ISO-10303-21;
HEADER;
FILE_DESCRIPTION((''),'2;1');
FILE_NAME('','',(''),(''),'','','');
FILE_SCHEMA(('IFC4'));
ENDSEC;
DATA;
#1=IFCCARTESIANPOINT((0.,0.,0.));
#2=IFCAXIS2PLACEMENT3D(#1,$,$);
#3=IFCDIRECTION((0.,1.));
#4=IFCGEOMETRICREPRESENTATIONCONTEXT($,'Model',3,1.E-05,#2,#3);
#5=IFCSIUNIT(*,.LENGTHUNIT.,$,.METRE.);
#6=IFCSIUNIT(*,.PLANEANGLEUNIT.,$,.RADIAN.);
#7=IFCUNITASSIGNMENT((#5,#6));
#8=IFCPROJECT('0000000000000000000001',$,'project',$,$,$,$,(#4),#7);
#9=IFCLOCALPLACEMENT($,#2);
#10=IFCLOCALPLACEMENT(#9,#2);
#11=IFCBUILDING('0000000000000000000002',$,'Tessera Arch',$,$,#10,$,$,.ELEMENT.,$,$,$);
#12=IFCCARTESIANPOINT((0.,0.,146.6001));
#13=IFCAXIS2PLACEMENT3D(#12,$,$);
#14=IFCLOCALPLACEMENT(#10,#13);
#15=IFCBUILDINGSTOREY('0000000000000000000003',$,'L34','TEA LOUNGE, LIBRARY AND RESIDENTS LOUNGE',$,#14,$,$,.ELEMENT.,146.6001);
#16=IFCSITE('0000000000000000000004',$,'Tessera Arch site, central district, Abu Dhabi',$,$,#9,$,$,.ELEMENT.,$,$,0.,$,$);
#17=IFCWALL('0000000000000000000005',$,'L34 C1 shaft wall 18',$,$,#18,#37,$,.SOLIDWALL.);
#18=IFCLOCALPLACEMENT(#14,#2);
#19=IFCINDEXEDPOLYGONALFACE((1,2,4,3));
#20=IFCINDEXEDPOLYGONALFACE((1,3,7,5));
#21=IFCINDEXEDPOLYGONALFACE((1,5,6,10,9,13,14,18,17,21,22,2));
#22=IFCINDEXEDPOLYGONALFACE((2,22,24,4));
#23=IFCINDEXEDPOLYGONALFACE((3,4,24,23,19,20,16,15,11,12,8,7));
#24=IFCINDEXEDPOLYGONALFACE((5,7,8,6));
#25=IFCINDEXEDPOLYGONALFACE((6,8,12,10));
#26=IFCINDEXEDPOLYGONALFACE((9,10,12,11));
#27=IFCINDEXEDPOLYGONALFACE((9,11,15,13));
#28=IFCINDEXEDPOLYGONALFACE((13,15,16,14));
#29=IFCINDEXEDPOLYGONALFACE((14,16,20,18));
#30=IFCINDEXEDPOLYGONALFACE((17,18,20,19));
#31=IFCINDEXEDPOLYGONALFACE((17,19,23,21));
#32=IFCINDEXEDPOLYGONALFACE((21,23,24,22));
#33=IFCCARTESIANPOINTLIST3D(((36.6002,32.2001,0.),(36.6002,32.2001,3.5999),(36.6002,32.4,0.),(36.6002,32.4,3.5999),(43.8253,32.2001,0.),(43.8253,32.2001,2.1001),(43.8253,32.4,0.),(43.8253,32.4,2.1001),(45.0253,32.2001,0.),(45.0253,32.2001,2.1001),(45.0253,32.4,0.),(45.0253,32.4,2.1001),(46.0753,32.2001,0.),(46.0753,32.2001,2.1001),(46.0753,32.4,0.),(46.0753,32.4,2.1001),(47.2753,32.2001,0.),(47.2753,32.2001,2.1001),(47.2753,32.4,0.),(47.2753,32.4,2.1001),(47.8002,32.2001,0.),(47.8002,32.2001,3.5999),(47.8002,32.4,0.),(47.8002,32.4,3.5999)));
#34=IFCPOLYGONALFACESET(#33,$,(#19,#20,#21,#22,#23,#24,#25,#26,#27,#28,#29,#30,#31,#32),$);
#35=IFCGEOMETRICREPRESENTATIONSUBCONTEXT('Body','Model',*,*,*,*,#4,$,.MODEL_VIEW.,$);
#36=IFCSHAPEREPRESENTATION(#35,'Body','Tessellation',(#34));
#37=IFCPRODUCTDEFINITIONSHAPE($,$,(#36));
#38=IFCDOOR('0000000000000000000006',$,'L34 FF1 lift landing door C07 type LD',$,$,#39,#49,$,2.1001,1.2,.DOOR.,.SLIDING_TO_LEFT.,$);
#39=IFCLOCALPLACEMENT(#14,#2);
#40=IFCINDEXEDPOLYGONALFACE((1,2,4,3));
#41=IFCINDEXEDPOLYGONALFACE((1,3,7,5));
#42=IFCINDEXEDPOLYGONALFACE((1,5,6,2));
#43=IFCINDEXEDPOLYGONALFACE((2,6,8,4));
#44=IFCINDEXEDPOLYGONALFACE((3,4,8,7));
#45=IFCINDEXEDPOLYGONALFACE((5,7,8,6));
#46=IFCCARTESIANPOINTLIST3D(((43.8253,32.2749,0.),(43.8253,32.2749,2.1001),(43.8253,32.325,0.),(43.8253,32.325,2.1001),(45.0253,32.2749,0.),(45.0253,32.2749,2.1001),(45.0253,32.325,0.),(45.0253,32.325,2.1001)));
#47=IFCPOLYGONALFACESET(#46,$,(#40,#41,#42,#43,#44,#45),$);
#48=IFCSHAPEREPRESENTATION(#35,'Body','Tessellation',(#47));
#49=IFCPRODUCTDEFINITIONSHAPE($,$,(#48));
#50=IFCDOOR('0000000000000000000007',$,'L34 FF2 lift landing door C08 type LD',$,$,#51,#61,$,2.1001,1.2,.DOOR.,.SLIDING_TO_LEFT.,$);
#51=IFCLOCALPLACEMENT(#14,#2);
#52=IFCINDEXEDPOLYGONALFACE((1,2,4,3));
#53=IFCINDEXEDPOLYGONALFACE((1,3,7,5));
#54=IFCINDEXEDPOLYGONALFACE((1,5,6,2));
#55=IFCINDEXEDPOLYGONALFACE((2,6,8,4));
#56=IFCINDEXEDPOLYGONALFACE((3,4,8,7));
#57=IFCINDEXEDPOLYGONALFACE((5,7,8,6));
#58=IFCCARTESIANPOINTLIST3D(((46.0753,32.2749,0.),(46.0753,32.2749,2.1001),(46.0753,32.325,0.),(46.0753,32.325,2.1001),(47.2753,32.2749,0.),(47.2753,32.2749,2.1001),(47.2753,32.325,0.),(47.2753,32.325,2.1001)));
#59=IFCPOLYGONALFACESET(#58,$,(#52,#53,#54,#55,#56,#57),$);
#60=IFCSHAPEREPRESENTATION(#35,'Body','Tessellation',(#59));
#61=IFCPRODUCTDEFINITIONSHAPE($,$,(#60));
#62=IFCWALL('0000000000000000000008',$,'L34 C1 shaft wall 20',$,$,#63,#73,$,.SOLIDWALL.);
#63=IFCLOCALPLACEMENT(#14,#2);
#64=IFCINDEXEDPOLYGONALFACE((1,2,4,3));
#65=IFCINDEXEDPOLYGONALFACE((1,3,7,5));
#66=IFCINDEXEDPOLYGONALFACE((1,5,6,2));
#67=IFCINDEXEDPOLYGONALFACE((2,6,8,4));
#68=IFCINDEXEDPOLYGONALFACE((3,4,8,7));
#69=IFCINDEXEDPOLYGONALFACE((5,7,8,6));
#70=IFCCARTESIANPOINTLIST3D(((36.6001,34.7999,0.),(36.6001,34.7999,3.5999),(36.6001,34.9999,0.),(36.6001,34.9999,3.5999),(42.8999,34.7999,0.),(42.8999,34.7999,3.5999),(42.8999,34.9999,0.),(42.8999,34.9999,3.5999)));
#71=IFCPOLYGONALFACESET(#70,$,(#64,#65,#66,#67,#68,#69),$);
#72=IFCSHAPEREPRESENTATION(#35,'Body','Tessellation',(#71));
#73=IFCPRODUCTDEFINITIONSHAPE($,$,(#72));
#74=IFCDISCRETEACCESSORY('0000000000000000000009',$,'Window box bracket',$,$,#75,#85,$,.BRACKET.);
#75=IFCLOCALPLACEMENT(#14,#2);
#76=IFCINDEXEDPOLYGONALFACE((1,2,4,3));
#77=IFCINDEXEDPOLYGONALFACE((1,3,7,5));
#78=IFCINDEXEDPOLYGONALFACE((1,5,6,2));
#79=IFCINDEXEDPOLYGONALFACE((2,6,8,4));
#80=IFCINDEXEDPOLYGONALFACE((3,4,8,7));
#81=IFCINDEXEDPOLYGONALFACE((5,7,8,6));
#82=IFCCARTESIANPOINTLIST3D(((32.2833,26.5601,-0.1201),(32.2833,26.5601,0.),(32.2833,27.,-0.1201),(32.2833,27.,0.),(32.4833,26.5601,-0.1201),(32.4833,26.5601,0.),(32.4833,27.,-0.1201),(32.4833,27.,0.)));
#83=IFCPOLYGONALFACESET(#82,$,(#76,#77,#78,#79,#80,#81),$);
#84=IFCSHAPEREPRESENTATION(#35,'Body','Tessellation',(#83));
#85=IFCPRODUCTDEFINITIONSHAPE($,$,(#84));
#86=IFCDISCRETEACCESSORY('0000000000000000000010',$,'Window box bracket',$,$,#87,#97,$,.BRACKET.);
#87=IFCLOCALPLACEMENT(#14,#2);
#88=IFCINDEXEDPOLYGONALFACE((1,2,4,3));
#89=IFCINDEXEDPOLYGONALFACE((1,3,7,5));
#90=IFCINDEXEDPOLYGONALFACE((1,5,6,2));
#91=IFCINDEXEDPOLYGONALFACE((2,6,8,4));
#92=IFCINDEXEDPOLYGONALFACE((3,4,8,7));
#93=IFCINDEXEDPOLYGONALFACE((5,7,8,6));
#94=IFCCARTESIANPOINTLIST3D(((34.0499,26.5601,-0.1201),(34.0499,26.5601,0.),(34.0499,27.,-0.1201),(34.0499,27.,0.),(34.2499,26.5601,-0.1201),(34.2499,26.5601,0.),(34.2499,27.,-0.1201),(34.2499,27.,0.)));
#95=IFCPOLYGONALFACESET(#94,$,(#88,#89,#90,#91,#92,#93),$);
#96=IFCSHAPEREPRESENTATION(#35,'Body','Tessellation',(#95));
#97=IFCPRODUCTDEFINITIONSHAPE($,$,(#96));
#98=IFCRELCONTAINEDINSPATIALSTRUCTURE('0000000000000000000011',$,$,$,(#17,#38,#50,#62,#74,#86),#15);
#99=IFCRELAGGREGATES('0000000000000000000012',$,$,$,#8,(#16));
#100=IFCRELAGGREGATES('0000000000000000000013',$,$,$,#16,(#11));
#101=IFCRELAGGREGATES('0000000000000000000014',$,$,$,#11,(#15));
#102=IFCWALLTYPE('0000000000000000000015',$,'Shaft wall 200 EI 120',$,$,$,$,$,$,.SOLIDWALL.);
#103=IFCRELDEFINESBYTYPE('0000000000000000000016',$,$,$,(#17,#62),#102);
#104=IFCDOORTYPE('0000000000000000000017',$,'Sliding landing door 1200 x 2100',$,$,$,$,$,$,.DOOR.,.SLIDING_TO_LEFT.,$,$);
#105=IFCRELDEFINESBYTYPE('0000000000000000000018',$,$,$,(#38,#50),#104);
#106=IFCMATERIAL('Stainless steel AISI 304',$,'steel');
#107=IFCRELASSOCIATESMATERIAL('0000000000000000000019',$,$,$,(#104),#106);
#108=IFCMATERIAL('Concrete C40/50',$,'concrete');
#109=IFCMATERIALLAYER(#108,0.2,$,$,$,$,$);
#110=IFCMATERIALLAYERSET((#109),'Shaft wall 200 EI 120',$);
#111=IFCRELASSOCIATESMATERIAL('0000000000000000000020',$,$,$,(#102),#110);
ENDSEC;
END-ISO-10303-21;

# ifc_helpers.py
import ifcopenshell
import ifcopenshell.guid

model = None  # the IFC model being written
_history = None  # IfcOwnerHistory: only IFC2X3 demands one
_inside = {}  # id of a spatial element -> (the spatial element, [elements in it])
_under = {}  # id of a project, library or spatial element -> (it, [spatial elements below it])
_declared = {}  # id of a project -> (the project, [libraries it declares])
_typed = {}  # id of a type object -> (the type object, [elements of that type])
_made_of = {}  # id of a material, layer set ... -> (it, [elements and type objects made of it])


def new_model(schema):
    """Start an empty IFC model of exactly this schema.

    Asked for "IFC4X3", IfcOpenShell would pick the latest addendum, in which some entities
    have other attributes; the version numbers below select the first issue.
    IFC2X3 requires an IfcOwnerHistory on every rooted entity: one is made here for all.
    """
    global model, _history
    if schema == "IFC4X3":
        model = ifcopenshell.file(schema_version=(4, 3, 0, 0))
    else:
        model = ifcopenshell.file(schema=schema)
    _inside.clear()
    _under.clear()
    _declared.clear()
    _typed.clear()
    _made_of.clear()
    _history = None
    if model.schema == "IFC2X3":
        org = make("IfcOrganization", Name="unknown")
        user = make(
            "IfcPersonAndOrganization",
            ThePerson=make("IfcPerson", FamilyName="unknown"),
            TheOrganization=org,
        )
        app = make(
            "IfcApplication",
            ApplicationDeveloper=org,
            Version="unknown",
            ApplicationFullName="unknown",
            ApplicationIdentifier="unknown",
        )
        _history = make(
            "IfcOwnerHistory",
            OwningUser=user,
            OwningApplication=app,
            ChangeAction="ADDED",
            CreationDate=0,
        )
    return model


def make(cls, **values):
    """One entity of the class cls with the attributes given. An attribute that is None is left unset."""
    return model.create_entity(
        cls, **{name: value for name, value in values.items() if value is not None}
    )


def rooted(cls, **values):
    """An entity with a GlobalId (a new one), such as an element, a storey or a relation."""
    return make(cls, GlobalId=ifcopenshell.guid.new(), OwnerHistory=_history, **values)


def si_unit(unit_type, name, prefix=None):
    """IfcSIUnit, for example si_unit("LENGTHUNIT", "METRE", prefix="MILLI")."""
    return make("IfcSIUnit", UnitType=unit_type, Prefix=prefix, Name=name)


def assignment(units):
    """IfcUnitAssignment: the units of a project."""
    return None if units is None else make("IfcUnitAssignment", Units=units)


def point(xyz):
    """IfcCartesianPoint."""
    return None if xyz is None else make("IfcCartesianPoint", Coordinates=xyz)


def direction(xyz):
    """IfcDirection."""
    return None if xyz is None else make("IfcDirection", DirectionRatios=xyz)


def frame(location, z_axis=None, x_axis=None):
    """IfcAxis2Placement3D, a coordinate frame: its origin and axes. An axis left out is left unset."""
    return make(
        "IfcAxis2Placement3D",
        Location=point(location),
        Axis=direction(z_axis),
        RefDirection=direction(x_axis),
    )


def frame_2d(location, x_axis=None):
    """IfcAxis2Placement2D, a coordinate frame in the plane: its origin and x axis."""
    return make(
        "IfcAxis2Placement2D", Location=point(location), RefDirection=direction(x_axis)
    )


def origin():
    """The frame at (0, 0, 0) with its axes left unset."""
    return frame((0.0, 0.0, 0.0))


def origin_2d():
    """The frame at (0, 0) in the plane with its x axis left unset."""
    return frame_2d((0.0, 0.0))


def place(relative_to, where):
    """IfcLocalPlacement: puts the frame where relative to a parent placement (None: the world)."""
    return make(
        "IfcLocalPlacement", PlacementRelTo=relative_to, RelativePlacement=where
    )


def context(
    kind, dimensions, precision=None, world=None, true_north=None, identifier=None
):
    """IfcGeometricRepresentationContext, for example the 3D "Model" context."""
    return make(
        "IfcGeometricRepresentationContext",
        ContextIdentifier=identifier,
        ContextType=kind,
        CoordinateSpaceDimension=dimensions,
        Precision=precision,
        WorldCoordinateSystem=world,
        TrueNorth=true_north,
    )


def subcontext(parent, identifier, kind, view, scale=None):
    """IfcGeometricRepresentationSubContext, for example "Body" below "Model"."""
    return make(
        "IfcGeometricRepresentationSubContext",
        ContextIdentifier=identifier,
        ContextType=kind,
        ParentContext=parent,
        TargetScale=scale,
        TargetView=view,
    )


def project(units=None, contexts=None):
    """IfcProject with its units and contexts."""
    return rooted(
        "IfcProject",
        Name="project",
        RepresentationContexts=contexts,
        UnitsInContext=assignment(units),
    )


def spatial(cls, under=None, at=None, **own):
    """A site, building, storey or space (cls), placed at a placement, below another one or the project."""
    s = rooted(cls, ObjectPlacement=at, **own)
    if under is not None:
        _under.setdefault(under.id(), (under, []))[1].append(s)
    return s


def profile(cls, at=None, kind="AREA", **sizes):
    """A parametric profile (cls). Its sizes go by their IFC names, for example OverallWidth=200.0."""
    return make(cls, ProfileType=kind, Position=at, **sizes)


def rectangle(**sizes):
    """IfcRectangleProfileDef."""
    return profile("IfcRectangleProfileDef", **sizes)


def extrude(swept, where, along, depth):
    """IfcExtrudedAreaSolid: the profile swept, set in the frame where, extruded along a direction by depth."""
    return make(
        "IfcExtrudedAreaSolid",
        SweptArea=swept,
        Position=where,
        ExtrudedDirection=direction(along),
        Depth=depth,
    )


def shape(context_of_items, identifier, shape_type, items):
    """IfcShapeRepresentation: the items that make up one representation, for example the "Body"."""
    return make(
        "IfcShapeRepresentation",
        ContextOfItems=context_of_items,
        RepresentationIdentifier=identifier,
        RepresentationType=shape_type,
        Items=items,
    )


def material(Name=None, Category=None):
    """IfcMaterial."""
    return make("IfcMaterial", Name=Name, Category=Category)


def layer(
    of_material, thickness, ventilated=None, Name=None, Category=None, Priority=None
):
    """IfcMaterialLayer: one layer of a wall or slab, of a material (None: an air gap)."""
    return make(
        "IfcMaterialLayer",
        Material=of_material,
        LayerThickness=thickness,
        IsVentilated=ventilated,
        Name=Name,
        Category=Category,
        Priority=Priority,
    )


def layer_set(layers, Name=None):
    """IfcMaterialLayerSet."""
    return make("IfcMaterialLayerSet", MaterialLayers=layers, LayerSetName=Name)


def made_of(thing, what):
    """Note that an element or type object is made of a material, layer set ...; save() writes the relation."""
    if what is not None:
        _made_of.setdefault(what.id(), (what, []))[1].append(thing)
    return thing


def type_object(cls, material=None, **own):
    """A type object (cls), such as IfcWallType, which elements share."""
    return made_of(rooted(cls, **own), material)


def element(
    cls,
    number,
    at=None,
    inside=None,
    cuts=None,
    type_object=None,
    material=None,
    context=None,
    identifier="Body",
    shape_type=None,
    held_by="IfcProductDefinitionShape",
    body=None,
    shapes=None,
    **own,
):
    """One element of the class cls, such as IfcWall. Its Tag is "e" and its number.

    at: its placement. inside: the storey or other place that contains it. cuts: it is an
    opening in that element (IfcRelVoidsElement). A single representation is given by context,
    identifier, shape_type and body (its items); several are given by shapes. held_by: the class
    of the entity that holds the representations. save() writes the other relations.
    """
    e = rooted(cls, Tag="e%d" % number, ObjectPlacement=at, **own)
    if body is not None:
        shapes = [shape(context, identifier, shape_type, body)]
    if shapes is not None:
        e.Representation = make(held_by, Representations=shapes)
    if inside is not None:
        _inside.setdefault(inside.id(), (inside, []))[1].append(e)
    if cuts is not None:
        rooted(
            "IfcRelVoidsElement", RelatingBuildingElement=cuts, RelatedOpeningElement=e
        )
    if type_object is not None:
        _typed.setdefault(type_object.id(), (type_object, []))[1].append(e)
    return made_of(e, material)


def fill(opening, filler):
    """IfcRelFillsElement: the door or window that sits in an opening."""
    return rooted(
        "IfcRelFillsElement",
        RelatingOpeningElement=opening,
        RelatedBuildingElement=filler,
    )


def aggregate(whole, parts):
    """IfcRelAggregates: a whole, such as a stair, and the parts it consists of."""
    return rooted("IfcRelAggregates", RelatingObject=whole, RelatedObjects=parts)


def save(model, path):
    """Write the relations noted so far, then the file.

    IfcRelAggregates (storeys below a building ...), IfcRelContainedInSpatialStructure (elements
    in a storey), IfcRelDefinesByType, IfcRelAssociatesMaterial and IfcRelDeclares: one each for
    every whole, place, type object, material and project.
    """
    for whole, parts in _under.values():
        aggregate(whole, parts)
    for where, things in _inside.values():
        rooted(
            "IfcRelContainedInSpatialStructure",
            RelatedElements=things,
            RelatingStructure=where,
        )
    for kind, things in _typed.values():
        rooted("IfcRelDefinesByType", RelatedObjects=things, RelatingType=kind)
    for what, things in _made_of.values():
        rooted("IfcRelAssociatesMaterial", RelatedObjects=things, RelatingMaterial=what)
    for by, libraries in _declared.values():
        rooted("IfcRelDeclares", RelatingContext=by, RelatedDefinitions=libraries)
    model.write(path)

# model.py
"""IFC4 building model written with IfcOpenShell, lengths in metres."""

from ifc_helpers import new_model, si_unit, direction, frame, frame_2d, origin, origin_2d, place, context, subcontext, project, spatial, rectangle, extrude, material, layer, layer_set, type_object, element, fill, save


model = new_model("IFC4")

# Units and contexts
model_context = context("Model", 3, precision=1e-05, world=origin(), true_north=direction((0.0, 1.0)))
body_context = subcontext(model_context, "Body", "Model", "MODEL_VIEW")
ifc_project = project(units=[si_unit("LENGTHUNIT", "METRE"), si_unit("PLANEANGLEUNIT", "RADIAN")], contexts=[model_context])

# Site, building, storey
site_placement = place(None, origin())
site = spatial("IfcSite", under=ifc_project, at=site_placement, Name="Tessera Arch site, central district, Abu Dhabi", CompositionType="ELEMENT", RefElevation=0.0)
building_placement = place(site_placement, origin())
building = spatial("IfcBuilding", under=site, at=building_placement, Name="Tessera Arch", CompositionType="ELEMENT")
storey_placement = place(building_placement, frame((0.0, 0.0, 146.6001)))
storey = spatial("IfcBuildingStorey", under=building, at=storey_placement, Name="L34", Description="TEA LOUNGE, LIBRARY AND RESIDENTS LOUNGE", CompositionType="ELEMENT", Elevation=146.6001)

# Shared definitions
ifc_material_1 = material(Name="Stainless steel AISI 304", Category="steel")
door_type_1 = type_object("IfcDoorType", Name="Sliding landing door 1200 x 2100", OperationType="SLIDING_TO_LEFT", PredefinedType="DOOR", material=ifc_material_1)

# Shared definitions
ifc_material_2 = material(Name="Concrete C40/50", Category="concrete")
ifc_layer_1 = layer(ifc_material_2, 0.2)
ifc_layer_set_1 = layer_set([ifc_layer_1], Name="Shaft wall 200 EI 120")
wall_type_1 = type_object("IfcWallType", Name="Shaft wall 200 EI 120", PredefinedType="SOLIDWALL", material=ifc_layer_set_1)

# Wall, openings, doors
wall_1_placement = place(storey_placement, frame((36.6001, 32.3, 0.0), z_axis=(0.0, 0.0, 1.0), x_axis=(1.0, 0.0, 0.0)))
wall_1 = element("IfcWall", 1, at=wall_1_placement, inside=storey, type_object=wall_type_1, Name="L34 C1 shaft wall 18", PredefinedType="SOLIDWALL", context=body_context, shape_type="SweptSolid", body=[
    extrude(rectangle(XDim=11.2, YDim=0.2, at=frame_2d((5.6001, 0.0))), origin(), (0.0, 0.0, 1.0), 3.5999),
])
opening_1_placement = place(wall_1_placement, frame((7.2251, 0.0, 0.0)))
opening_1 = element("IfcOpeningElement", 2, at=opening_1_placement, cuts=wall_1, PredefinedType="OPENING", context=body_context, shape_type="SweptSolid", body=[
    extrude(rectangle(XDim=1.2, YDim=2.1001, at=frame_2d((0.6001, 1.05))), frame((0.0, 0.1099, 0.0), z_axis=(0.0, -1.0, 0.0), x_axis=(1.0, 0.0, 0.0)), (0.0, 0.0, 1.0), 0.22),
])
opening_2_placement = place(wall_1_placement, frame((9.4751, 0.0, 0.0)))
opening_2 = element("IfcOpeningElement", 3, at=opening_2_placement, cuts=wall_1, PredefinedType="OPENING", context=body_context, shape_type="SweptSolid", body=[
    extrude(rectangle(XDim=1.2, YDim=2.1001, at=frame_2d((0.6001, 1.05))), frame((0.0, 0.1099, 0.0), z_axis=(0.0, -1.0, 0.0), x_axis=(1.0, 0.0, 0.0)), (0.0, 0.0, 1.0), 0.22),
])
door_1_placement = place(opening_1_placement, origin())
door_1 = element("IfcDoor", 4, at=door_1_placement, inside=storey, type_object=door_type_1, Name="L34 FF1 lift landing door C07 type LD", OperationType="SLIDING_TO_LEFT", OverallHeight=2.1001, OverallWidth=1.2, PredefinedType="DOOR", context=body_context, shape_type="SweptSolid", body=[
    extrude(rectangle(XDim=1.2, YDim=2.1001, at=frame_2d((0.6001, 1.05))), frame((0.0, 0.0249, 0.0), z_axis=(0.0, -1.0, 0.0), x_axis=(1.0, 0.0, 0.0)), (0.0, 0.0, 1.0), 0.05),
])
fill(opening_1, door_1)
door_2_placement = place(opening_2_placement, origin())
door_2 = element("IfcDoor", 5, at=door_2_placement, inside=storey, type_object=door_type_1, Name="L34 FF2 lift landing door C08 type LD", OperationType="SLIDING_TO_LEFT", OverallHeight=2.1001, OverallWidth=1.2, PredefinedType="DOOR", context=body_context, shape_type="SweptSolid", body=[
    extrude(rectangle(XDim=1.2, YDim=2.1001, at=frame_2d((0.6001, 1.05))), frame((0.0, 0.0249, 0.0), z_axis=(0.0, -1.0, 0.0), x_axis=(1.0, 0.0, 0.0)), (0.0, 0.0, 1.0), 0.05),
])
fill(opening_2, door_2)

# Wall
wall_2_placement = place(storey_placement, frame((36.6001, 34.8999, 0.0), z_axis=(0.0, 0.0, 1.0), x_axis=(1.0, 0.0, 0.0)))
element("IfcWall", 6, at=wall_2_placement, inside=storey, type_object=wall_type_1, Name="L34 C1 shaft wall 20", PredefinedType="SOLIDWALL", context=body_context, shape_type="SweptSolid", body=[
    extrude(rectangle(XDim=6.2998, YDim=0.2, at=frame_2d((3.1499, 0.0))), origin(), (0.0, 0.0, 1.0), 3.5999),
])

# Discrete accessories
for number, where, z_axis, x_axis, name in (
    (7, (32.3833, 26.78, -0.1201), (0.0, 0.0, 1.0), (0.0, -1.0, 0.0), "Window box bracket"),
    (8, (34.1499, 26.78, -0.1201), (0.0, 0.0, 1.0), (0.0, -1.0, 0.0), "Window box bracket"),
):
    element("IfcDiscreteAccessory", number, at=place(storey_placement, frame(where, z_axis=z_axis, x_axis=x_axis)), inside=storey, Name=name, PredefinedType="BRACKET", context=body_context, shape_type="SweptSolid", body=[
        extrude(rectangle(XDim=0.4399, YDim=0.2, at=origin_2d()), origin(), (0.0, 0.0, 1.0), 0.1201),
    ])

save(model, "model.ifc")
